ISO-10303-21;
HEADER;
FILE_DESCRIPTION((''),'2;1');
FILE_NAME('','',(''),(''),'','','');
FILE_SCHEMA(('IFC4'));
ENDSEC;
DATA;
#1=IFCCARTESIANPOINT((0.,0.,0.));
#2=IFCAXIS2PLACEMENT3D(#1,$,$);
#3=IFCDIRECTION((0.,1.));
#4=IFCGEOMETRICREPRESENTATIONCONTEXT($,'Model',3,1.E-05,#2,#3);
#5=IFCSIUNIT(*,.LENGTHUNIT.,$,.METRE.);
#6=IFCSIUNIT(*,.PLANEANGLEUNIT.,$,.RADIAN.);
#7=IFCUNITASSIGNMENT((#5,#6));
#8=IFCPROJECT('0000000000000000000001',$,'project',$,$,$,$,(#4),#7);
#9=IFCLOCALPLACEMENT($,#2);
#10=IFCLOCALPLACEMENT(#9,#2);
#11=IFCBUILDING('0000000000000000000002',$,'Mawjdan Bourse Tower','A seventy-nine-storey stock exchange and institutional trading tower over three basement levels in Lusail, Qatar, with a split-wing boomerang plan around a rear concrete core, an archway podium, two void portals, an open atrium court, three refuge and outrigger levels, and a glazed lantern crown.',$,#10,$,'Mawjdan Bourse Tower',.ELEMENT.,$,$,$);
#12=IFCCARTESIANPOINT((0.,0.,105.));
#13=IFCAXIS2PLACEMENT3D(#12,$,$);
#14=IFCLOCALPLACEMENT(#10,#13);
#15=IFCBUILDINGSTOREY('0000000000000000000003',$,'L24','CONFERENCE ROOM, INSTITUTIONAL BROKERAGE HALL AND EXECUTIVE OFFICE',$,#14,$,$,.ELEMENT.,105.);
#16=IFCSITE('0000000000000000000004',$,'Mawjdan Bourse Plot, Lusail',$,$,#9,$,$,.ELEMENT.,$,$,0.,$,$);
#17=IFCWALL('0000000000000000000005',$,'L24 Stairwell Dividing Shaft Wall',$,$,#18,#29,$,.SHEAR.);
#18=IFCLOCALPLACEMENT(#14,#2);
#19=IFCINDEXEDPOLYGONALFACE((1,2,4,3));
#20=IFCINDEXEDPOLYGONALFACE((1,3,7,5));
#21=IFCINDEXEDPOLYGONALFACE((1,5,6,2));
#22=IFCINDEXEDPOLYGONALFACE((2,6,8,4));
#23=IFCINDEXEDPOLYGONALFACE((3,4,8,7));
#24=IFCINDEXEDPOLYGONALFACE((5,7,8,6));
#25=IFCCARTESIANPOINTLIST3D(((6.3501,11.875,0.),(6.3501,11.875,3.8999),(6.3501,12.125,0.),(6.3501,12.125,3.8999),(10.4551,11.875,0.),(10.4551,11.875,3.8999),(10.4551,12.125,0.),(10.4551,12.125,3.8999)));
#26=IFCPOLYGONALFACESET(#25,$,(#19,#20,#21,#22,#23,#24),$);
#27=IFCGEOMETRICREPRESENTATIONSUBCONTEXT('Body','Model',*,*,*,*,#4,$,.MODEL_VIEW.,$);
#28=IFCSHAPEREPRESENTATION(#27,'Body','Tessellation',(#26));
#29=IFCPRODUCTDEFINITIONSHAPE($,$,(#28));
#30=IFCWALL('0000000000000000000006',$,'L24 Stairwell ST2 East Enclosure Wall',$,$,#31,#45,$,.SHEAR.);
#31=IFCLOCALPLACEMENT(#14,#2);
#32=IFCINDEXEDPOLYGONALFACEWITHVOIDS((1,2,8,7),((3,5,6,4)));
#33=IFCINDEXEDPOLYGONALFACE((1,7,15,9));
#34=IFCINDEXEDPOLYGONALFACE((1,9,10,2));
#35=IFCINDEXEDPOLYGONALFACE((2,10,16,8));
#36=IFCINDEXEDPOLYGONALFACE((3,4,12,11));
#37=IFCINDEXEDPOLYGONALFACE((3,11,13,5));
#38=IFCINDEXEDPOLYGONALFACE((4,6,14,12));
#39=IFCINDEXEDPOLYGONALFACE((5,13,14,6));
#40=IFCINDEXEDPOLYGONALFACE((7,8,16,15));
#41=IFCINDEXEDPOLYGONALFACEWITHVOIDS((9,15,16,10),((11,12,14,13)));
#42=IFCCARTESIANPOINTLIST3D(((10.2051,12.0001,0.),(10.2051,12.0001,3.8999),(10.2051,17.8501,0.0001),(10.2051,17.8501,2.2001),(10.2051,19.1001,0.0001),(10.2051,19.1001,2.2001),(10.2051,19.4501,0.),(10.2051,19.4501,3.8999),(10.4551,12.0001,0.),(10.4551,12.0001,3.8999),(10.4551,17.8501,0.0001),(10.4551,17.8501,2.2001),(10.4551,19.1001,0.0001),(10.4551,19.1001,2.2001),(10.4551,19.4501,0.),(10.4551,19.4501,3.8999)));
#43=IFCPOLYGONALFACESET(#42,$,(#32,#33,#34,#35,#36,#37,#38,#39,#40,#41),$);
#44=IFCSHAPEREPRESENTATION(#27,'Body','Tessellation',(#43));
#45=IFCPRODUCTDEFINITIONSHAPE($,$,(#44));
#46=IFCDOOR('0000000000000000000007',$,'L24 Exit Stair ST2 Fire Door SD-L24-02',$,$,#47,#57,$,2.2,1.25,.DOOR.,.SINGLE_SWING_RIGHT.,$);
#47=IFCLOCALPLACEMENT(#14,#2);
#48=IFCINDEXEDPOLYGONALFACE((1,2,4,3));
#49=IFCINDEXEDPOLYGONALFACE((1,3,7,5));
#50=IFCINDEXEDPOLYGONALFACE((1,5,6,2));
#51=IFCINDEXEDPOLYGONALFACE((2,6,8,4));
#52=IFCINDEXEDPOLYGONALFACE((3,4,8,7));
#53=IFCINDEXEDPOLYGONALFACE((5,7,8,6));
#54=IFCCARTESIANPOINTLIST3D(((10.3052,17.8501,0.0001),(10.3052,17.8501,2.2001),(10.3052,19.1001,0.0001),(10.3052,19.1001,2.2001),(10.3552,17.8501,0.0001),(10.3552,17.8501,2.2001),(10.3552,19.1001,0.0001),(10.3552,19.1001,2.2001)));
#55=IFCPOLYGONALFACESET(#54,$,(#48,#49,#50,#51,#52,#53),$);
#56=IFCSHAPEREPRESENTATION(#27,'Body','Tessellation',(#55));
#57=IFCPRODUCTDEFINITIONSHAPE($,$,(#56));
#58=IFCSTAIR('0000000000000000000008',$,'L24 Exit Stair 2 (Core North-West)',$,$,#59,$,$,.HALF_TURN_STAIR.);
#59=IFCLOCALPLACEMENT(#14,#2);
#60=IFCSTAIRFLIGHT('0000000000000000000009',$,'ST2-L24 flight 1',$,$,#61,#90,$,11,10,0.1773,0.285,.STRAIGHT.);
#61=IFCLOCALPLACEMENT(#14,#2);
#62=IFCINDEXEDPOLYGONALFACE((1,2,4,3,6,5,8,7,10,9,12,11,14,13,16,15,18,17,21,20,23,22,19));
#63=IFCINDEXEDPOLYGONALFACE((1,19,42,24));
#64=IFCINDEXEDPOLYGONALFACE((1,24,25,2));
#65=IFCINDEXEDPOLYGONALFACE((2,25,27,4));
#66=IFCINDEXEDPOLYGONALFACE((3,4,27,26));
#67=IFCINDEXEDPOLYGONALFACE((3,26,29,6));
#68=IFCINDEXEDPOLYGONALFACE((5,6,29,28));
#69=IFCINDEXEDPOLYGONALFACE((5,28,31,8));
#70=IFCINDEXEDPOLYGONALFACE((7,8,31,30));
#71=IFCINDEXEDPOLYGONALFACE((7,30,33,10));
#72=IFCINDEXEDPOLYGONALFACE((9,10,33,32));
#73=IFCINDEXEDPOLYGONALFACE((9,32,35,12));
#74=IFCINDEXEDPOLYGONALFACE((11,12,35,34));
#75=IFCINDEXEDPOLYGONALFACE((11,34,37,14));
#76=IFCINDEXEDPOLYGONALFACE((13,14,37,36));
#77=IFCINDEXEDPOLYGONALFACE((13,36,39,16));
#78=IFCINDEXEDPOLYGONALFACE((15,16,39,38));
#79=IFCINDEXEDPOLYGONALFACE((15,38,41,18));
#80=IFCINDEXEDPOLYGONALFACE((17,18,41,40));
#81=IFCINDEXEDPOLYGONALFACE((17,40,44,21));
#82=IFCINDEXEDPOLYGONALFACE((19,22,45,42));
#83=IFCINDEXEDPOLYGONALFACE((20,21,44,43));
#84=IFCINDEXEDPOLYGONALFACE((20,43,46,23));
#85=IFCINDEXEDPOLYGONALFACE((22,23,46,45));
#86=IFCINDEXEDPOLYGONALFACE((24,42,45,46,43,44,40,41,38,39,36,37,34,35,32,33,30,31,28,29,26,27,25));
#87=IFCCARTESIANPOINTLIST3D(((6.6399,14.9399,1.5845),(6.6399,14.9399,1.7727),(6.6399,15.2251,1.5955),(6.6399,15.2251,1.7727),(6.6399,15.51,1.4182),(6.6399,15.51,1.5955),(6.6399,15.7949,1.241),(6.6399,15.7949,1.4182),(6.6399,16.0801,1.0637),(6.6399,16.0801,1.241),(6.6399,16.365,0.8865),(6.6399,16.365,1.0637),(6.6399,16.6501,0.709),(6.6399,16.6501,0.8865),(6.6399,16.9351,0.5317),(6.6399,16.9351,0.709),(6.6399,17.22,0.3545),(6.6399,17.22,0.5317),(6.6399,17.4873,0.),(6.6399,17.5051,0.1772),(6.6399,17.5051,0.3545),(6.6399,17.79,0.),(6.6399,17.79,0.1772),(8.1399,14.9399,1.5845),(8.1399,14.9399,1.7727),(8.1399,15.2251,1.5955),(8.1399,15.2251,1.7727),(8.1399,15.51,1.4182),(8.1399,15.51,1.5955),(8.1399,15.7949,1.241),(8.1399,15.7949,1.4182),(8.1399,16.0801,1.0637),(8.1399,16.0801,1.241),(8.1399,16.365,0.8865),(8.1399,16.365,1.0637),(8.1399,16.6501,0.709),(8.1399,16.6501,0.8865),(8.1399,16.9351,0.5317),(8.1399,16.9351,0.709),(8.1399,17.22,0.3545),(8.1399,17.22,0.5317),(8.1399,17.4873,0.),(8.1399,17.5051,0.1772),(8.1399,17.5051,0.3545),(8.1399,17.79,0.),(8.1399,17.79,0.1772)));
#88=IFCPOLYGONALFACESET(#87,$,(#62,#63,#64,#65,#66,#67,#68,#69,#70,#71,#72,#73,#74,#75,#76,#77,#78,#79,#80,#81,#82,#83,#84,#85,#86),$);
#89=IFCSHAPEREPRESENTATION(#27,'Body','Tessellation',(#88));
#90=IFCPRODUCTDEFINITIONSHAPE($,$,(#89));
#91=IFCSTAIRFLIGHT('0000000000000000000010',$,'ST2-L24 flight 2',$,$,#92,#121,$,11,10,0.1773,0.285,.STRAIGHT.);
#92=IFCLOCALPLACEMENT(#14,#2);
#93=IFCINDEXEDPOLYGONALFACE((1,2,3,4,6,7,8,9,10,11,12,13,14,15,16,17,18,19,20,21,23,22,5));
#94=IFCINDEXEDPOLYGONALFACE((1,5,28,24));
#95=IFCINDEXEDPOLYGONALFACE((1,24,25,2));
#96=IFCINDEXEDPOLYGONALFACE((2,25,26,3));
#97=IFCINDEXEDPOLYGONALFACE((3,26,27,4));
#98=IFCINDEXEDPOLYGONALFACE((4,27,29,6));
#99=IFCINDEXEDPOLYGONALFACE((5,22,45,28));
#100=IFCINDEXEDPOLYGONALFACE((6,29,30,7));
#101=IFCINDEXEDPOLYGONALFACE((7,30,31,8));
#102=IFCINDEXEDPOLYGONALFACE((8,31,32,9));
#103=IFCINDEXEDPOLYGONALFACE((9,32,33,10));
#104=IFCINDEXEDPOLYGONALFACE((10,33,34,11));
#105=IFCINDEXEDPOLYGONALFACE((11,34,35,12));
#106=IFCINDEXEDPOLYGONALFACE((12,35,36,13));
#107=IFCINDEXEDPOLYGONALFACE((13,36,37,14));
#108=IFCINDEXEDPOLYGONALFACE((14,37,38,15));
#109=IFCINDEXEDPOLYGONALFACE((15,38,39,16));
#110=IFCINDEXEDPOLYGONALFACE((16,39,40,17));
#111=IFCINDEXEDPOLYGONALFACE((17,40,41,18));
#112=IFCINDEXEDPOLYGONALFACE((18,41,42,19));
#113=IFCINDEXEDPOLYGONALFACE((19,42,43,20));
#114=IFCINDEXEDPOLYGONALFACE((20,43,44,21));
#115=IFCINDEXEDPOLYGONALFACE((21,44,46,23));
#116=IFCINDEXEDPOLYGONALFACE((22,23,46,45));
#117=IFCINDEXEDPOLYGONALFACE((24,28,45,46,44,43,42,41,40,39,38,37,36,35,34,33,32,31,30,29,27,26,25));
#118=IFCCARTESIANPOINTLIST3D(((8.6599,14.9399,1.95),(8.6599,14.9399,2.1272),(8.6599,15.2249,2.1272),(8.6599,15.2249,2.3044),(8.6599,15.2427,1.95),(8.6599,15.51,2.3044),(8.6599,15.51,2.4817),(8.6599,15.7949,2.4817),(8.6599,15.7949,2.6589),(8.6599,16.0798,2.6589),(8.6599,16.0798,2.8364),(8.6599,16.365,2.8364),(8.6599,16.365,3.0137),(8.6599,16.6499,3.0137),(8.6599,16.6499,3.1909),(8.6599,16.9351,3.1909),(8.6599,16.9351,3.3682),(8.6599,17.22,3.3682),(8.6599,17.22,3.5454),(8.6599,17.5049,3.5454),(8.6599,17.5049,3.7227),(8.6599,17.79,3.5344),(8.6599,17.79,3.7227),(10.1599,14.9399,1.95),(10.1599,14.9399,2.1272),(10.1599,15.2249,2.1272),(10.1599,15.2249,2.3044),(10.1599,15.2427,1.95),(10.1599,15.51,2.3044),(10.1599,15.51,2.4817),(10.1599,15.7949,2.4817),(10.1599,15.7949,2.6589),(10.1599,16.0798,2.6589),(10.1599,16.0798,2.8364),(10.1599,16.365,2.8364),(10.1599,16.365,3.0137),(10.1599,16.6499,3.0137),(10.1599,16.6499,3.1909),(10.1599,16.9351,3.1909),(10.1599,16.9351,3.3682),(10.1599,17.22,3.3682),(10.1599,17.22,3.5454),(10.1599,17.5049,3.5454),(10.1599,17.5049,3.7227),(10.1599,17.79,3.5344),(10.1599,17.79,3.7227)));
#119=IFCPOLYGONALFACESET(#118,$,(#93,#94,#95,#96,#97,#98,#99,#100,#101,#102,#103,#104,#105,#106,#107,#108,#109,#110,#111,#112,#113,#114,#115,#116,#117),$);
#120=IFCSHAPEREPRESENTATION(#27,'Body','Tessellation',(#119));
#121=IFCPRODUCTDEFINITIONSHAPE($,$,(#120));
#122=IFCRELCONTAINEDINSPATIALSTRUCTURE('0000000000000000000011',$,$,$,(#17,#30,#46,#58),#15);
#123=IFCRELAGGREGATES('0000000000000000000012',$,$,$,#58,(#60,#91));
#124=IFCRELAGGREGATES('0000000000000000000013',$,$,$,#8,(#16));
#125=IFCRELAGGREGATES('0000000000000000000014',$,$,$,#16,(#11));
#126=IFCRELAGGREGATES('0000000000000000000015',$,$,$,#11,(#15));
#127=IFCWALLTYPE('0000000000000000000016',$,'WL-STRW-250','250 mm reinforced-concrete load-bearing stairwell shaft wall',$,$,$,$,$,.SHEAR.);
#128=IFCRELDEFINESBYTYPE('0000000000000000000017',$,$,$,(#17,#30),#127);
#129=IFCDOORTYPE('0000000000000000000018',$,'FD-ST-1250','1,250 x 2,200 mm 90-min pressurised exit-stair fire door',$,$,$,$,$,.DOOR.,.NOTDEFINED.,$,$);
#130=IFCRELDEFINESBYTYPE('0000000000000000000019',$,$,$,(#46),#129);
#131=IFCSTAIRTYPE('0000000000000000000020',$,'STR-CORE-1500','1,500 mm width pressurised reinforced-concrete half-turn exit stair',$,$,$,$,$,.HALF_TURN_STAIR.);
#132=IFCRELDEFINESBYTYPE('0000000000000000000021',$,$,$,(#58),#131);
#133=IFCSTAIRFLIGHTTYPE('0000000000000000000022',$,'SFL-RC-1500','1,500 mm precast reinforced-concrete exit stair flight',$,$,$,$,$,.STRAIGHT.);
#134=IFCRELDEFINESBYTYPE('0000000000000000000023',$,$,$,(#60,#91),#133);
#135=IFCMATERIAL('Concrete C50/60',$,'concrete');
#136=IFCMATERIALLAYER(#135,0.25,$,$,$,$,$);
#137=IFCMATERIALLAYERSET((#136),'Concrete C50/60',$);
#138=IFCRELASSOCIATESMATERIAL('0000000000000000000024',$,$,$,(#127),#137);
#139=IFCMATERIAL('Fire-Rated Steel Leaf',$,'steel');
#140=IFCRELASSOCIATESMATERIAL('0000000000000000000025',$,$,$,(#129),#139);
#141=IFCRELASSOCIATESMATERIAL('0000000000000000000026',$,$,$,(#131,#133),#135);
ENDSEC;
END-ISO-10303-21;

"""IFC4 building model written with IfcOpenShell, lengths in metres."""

from ifc_helpers import new_model, si_unit, direction, frame, frame_2d, origin, place, context, subcontext, project, spatial, polyline, rectangle, outline, extrude, material, layer, layer_set, type_object, element, fill, aggregate, save


model = new_model("IFC4")

# Units and contexts
model_context = context("Model", 3, precision=1e-05, world=origin(), true_north=direction((0.0, 1.0)))
body_context = subcontext(model_context, "Body", "Model", "MODEL_VIEW")
ifc_project = project(units=[si_unit("LENGTHUNIT", "METRE"), si_unit("PLANEANGLEUNIT", "RADIAN")], contexts=[model_context])

# Site, building, storey
site_placement = place(None, origin())
site = spatial("IfcSite", under=ifc_project, at=site_placement, Name="Mawjdan Bourse Plot, Lusail", CompositionType="ELEMENT", RefElevation=0.0)
building_placement = place(site_placement, origin())
building = spatial("IfcBuilding", under=site, at=building_placement, Name="Mawjdan Bourse Tower", Description="A seventy-nine-storey stock exchange and institutional trading tower over three basement levels in Lusail, Qatar, with a split-wing boomerang plan around a rear concrete core, an archway podium, two void portals, an open atrium court, three refuge and outrigger levels, and a glazed lantern crown.", LongName="Mawjdan Bourse Tower", CompositionType="ELEMENT")
storey_placement = place(building_placement, frame((0.0, 0.0, 105.0)))
storey = spatial("IfcBuildingStorey", under=building, at=storey_placement, Name="L24", Description="CONFERENCE ROOM, INSTITUTIONAL BROKERAGE HALL AND EXECUTIVE OFFICE", CompositionType="ELEMENT", Elevation=105.0)

# Shared definitions
ifc_material_1 = material(Name="Concrete C50/60", Category="concrete")

# Wall
ifc_layer_1 = layer(ifc_material_1, 0.25)
ifc_layer_set_1 = layer_set([ifc_layer_1], Name="Concrete C50/60")
wall_type_1 = type_object("IfcWallType", Name="WL-STRW-250", Description="250 mm reinforced-concrete load-bearing stairwell shaft wall", PredefinedType="SHEAR", material=ifc_layer_set_1)
wall_1_placement = place(storey_placement, frame((6.3501, 12.0, 0.0), z_axis=(0.0, 0.0, 1.0), x_axis=(1.0, 0.0, 0.0)))
element("IfcWall", 1, at=wall_1_placement, inside=storey, type_object=wall_type_1, Name="L24 Stairwell Dividing Shaft Wall", PredefinedType="SHEAR", context=body_context, shape_type="SweptSolid", body=[
    extrude(rectangle(XDim=4.105, YDim=0.25, at=frame_2d((2.0525, 0.0))), origin(), (0.0, 0.0, 1.0), 3.8999),
])

# Wall, opening, door
wall_2_placement = place(storey_placement, frame((10.3301, 12.0, 0.0), z_axis=(0.0, 0.0, 1.0), x_axis=(0.0, 1.0, 0.0)))
wall_2 = element("IfcWall", 2, at=wall_2_placement, inside=storey, type_object=wall_type_1, Name="L24 Stairwell ST2 East Enclosure Wall", PredefinedType="SHEAR", context=body_context, shape_type="SweptSolid", body=[
    extrude(rectangle(XDim=7.45, YDim=0.25, at=frame_2d((3.7251, 0.0))), origin(), (0.0, 0.0, 1.0), 3.8999),
])
opening_1_placement = place(wall_2_placement, frame((5.8501, 0.0, 0.0)))
opening_1 = element("IfcOpeningElement", 3, at=opening_1_placement, cuts=wall_2, PredefinedType="OPENING", context=body_context, shape_type="SweptSolid", body=[
    extrude(rectangle(XDim=1.25, YDim=2.2, at=frame_2d((0.625, 1.1001))), frame((0.0, 0.135, 0.0), z_axis=(0.0, -1.0, 0.0), x_axis=(1.0, 0.0, 0.0)), (0.0, 0.0, 1.0), 0.27),
])
ifc_material_2 = material(Name="Fire-Rated Steel Leaf", Category="steel")
door_type_1 = type_object("IfcDoorType", Name="FD-ST-1250", Description="1,250 x 2,200 mm 90-min pressurised exit-stair fire door", OperationType="NOTDEFINED", PredefinedType="DOOR", material=ifc_material_2)
door_1_placement = place(opening_1_placement, origin())
door_1 = element("IfcDoor", 4, at=door_1_placement, inside=storey, type_object=door_type_1, Name="L24 Exit Stair ST2 Fire Door SD-L24-02", OperationType="SINGLE_SWING_RIGHT", OverallHeight=2.2, OverallWidth=1.25, PredefinedType="DOOR", context=body_context, shape_type="SweptSolid", body=[
    extrude(rectangle(XDim=1.25, YDim=2.2, at=frame_2d((0.625, 1.1001))), frame((0.0, 0.0249, 0.0), z_axis=(0.0, -1.0, 0.0), x_axis=(1.0, 0.0, 0.0)), (0.0, 0.0, 1.0), 0.05),
])
fill(opening_1, door_1)

# Stair, stair flights
stair_type = type_object("IfcStairType", Name="STR-CORE-1500", Description="1,500 mm width pressurised reinforced-concrete half-turn exit stair", PredefinedType="HALF_TURN_STAIR", material=ifc_material_1)
stair_placement = place(storey_placement, origin())
stair = element("IfcStair", 5, at=stair_placement, inside=storey, type_object=stair_type, Name="L24 Exit Stair 2 (Core North-West)", PredefinedType="HALF_TURN_STAIR")
stair_flight_type = type_object("IfcStairFlightType", Name="SFL-RC-1500", Description="1,500 mm precast reinforced-concrete exit stair flight", PredefinedType="STRAIGHT", material=ifc_material_1)
stair_flight_1_placement = place(storey_placement, frame((7.3899, 17.79, 0.0), z_axis=(0.0, 0.0, 1.0), x_axis=(0.0, -1.0, 0.0)))
stair_flight_1 = element("IfcStairFlight", 6, at=stair_flight_1_placement, type_object=stair_flight_type, Name="ST2-L24 flight 1", NumberOfRisers=11, NumberOfTreads=10, PredefinedType="STRAIGHT", RiserHeight=0.1773, TreadLength=0.285, context=body_context, shape_type="SweptSolid", body=[
    extrude(outline(polyline([(0.0, 0.0), (0.0, 0.1772), (0.2849, 0.1772), (0.2849, 0.3545), (0.5701, 0.3545), (0.5701, 0.5317), (0.855, 0.5317), (0.855, 0.709), (1.1399, 0.709), (1.1399, 0.8865), (1.425, 0.8865), (1.425, 1.0637), (1.71, 1.0637), (1.71, 1.241), (1.9951, 1.241), (1.9951, 1.4182), (2.28, 1.4182), (2.28, 1.5955), (2.5649, 1.5955), (2.5649, 1.7727), (2.8501, 1.7727), (2.8501, 1.95), (2.8501, 1.5845), (0.3027, 0.0), (0.0, 0.0)])), frame((0.0, 0.75, 0.0), z_axis=(0.0, -1.0, 0.0), x_axis=(1.0, 0.0, 0.0)), (0.0, 0.0, 1.0), 1.5),
])
stair_flight_2_placement = place(storey_placement, frame((9.4099, 14.9399, 1.95), z_axis=(0.0, 0.0, 1.0), x_axis=(0.0, 1.0, 0.0)))
stair_flight_2 = element("IfcStairFlight", 7, at=stair_flight_2_placement, type_object=stair_flight_type, Name="ST2-L24 flight 2", NumberOfRisers=11, NumberOfTreads=10, PredefinedType="STRAIGHT", RiserHeight=0.1773, TreadLength=0.285, context=body_context, shape_type="SweptSolid", body=[
    extrude(outline(polyline([(0.0, 0.0), (0.0, 0.1772), (0.2849, 0.1772), (0.2849, 0.3545), (0.5701, 0.3545), (0.5701, 0.5317), (0.855, 0.5317), (0.855, 0.709), (1.1399, 0.709), (1.1399, 0.8865), (1.425, 0.8865), (1.425, 1.0637), (1.71, 1.0637), (1.71, 1.241), (1.9951, 1.241), (1.9951, 1.4182), (2.28, 1.4182), (2.28, 1.5955), (2.5649, 1.5955), (2.5649, 1.7727), (2.8501, 1.7727), (2.8501, 1.95), (2.8501, 1.5845), (0.3027, 0.0), (0.0, 0.0)])), frame((0.0, 0.75, 0.0), z_axis=(0.0, -1.0, 0.0), x_axis=(1.0, 0.0, 0.0)), (0.0, 0.0, 1.0), 1.5),
])
aggregate(stair, [stair_flight_1, stair_flight_2])

save(model, "model.ifc")
